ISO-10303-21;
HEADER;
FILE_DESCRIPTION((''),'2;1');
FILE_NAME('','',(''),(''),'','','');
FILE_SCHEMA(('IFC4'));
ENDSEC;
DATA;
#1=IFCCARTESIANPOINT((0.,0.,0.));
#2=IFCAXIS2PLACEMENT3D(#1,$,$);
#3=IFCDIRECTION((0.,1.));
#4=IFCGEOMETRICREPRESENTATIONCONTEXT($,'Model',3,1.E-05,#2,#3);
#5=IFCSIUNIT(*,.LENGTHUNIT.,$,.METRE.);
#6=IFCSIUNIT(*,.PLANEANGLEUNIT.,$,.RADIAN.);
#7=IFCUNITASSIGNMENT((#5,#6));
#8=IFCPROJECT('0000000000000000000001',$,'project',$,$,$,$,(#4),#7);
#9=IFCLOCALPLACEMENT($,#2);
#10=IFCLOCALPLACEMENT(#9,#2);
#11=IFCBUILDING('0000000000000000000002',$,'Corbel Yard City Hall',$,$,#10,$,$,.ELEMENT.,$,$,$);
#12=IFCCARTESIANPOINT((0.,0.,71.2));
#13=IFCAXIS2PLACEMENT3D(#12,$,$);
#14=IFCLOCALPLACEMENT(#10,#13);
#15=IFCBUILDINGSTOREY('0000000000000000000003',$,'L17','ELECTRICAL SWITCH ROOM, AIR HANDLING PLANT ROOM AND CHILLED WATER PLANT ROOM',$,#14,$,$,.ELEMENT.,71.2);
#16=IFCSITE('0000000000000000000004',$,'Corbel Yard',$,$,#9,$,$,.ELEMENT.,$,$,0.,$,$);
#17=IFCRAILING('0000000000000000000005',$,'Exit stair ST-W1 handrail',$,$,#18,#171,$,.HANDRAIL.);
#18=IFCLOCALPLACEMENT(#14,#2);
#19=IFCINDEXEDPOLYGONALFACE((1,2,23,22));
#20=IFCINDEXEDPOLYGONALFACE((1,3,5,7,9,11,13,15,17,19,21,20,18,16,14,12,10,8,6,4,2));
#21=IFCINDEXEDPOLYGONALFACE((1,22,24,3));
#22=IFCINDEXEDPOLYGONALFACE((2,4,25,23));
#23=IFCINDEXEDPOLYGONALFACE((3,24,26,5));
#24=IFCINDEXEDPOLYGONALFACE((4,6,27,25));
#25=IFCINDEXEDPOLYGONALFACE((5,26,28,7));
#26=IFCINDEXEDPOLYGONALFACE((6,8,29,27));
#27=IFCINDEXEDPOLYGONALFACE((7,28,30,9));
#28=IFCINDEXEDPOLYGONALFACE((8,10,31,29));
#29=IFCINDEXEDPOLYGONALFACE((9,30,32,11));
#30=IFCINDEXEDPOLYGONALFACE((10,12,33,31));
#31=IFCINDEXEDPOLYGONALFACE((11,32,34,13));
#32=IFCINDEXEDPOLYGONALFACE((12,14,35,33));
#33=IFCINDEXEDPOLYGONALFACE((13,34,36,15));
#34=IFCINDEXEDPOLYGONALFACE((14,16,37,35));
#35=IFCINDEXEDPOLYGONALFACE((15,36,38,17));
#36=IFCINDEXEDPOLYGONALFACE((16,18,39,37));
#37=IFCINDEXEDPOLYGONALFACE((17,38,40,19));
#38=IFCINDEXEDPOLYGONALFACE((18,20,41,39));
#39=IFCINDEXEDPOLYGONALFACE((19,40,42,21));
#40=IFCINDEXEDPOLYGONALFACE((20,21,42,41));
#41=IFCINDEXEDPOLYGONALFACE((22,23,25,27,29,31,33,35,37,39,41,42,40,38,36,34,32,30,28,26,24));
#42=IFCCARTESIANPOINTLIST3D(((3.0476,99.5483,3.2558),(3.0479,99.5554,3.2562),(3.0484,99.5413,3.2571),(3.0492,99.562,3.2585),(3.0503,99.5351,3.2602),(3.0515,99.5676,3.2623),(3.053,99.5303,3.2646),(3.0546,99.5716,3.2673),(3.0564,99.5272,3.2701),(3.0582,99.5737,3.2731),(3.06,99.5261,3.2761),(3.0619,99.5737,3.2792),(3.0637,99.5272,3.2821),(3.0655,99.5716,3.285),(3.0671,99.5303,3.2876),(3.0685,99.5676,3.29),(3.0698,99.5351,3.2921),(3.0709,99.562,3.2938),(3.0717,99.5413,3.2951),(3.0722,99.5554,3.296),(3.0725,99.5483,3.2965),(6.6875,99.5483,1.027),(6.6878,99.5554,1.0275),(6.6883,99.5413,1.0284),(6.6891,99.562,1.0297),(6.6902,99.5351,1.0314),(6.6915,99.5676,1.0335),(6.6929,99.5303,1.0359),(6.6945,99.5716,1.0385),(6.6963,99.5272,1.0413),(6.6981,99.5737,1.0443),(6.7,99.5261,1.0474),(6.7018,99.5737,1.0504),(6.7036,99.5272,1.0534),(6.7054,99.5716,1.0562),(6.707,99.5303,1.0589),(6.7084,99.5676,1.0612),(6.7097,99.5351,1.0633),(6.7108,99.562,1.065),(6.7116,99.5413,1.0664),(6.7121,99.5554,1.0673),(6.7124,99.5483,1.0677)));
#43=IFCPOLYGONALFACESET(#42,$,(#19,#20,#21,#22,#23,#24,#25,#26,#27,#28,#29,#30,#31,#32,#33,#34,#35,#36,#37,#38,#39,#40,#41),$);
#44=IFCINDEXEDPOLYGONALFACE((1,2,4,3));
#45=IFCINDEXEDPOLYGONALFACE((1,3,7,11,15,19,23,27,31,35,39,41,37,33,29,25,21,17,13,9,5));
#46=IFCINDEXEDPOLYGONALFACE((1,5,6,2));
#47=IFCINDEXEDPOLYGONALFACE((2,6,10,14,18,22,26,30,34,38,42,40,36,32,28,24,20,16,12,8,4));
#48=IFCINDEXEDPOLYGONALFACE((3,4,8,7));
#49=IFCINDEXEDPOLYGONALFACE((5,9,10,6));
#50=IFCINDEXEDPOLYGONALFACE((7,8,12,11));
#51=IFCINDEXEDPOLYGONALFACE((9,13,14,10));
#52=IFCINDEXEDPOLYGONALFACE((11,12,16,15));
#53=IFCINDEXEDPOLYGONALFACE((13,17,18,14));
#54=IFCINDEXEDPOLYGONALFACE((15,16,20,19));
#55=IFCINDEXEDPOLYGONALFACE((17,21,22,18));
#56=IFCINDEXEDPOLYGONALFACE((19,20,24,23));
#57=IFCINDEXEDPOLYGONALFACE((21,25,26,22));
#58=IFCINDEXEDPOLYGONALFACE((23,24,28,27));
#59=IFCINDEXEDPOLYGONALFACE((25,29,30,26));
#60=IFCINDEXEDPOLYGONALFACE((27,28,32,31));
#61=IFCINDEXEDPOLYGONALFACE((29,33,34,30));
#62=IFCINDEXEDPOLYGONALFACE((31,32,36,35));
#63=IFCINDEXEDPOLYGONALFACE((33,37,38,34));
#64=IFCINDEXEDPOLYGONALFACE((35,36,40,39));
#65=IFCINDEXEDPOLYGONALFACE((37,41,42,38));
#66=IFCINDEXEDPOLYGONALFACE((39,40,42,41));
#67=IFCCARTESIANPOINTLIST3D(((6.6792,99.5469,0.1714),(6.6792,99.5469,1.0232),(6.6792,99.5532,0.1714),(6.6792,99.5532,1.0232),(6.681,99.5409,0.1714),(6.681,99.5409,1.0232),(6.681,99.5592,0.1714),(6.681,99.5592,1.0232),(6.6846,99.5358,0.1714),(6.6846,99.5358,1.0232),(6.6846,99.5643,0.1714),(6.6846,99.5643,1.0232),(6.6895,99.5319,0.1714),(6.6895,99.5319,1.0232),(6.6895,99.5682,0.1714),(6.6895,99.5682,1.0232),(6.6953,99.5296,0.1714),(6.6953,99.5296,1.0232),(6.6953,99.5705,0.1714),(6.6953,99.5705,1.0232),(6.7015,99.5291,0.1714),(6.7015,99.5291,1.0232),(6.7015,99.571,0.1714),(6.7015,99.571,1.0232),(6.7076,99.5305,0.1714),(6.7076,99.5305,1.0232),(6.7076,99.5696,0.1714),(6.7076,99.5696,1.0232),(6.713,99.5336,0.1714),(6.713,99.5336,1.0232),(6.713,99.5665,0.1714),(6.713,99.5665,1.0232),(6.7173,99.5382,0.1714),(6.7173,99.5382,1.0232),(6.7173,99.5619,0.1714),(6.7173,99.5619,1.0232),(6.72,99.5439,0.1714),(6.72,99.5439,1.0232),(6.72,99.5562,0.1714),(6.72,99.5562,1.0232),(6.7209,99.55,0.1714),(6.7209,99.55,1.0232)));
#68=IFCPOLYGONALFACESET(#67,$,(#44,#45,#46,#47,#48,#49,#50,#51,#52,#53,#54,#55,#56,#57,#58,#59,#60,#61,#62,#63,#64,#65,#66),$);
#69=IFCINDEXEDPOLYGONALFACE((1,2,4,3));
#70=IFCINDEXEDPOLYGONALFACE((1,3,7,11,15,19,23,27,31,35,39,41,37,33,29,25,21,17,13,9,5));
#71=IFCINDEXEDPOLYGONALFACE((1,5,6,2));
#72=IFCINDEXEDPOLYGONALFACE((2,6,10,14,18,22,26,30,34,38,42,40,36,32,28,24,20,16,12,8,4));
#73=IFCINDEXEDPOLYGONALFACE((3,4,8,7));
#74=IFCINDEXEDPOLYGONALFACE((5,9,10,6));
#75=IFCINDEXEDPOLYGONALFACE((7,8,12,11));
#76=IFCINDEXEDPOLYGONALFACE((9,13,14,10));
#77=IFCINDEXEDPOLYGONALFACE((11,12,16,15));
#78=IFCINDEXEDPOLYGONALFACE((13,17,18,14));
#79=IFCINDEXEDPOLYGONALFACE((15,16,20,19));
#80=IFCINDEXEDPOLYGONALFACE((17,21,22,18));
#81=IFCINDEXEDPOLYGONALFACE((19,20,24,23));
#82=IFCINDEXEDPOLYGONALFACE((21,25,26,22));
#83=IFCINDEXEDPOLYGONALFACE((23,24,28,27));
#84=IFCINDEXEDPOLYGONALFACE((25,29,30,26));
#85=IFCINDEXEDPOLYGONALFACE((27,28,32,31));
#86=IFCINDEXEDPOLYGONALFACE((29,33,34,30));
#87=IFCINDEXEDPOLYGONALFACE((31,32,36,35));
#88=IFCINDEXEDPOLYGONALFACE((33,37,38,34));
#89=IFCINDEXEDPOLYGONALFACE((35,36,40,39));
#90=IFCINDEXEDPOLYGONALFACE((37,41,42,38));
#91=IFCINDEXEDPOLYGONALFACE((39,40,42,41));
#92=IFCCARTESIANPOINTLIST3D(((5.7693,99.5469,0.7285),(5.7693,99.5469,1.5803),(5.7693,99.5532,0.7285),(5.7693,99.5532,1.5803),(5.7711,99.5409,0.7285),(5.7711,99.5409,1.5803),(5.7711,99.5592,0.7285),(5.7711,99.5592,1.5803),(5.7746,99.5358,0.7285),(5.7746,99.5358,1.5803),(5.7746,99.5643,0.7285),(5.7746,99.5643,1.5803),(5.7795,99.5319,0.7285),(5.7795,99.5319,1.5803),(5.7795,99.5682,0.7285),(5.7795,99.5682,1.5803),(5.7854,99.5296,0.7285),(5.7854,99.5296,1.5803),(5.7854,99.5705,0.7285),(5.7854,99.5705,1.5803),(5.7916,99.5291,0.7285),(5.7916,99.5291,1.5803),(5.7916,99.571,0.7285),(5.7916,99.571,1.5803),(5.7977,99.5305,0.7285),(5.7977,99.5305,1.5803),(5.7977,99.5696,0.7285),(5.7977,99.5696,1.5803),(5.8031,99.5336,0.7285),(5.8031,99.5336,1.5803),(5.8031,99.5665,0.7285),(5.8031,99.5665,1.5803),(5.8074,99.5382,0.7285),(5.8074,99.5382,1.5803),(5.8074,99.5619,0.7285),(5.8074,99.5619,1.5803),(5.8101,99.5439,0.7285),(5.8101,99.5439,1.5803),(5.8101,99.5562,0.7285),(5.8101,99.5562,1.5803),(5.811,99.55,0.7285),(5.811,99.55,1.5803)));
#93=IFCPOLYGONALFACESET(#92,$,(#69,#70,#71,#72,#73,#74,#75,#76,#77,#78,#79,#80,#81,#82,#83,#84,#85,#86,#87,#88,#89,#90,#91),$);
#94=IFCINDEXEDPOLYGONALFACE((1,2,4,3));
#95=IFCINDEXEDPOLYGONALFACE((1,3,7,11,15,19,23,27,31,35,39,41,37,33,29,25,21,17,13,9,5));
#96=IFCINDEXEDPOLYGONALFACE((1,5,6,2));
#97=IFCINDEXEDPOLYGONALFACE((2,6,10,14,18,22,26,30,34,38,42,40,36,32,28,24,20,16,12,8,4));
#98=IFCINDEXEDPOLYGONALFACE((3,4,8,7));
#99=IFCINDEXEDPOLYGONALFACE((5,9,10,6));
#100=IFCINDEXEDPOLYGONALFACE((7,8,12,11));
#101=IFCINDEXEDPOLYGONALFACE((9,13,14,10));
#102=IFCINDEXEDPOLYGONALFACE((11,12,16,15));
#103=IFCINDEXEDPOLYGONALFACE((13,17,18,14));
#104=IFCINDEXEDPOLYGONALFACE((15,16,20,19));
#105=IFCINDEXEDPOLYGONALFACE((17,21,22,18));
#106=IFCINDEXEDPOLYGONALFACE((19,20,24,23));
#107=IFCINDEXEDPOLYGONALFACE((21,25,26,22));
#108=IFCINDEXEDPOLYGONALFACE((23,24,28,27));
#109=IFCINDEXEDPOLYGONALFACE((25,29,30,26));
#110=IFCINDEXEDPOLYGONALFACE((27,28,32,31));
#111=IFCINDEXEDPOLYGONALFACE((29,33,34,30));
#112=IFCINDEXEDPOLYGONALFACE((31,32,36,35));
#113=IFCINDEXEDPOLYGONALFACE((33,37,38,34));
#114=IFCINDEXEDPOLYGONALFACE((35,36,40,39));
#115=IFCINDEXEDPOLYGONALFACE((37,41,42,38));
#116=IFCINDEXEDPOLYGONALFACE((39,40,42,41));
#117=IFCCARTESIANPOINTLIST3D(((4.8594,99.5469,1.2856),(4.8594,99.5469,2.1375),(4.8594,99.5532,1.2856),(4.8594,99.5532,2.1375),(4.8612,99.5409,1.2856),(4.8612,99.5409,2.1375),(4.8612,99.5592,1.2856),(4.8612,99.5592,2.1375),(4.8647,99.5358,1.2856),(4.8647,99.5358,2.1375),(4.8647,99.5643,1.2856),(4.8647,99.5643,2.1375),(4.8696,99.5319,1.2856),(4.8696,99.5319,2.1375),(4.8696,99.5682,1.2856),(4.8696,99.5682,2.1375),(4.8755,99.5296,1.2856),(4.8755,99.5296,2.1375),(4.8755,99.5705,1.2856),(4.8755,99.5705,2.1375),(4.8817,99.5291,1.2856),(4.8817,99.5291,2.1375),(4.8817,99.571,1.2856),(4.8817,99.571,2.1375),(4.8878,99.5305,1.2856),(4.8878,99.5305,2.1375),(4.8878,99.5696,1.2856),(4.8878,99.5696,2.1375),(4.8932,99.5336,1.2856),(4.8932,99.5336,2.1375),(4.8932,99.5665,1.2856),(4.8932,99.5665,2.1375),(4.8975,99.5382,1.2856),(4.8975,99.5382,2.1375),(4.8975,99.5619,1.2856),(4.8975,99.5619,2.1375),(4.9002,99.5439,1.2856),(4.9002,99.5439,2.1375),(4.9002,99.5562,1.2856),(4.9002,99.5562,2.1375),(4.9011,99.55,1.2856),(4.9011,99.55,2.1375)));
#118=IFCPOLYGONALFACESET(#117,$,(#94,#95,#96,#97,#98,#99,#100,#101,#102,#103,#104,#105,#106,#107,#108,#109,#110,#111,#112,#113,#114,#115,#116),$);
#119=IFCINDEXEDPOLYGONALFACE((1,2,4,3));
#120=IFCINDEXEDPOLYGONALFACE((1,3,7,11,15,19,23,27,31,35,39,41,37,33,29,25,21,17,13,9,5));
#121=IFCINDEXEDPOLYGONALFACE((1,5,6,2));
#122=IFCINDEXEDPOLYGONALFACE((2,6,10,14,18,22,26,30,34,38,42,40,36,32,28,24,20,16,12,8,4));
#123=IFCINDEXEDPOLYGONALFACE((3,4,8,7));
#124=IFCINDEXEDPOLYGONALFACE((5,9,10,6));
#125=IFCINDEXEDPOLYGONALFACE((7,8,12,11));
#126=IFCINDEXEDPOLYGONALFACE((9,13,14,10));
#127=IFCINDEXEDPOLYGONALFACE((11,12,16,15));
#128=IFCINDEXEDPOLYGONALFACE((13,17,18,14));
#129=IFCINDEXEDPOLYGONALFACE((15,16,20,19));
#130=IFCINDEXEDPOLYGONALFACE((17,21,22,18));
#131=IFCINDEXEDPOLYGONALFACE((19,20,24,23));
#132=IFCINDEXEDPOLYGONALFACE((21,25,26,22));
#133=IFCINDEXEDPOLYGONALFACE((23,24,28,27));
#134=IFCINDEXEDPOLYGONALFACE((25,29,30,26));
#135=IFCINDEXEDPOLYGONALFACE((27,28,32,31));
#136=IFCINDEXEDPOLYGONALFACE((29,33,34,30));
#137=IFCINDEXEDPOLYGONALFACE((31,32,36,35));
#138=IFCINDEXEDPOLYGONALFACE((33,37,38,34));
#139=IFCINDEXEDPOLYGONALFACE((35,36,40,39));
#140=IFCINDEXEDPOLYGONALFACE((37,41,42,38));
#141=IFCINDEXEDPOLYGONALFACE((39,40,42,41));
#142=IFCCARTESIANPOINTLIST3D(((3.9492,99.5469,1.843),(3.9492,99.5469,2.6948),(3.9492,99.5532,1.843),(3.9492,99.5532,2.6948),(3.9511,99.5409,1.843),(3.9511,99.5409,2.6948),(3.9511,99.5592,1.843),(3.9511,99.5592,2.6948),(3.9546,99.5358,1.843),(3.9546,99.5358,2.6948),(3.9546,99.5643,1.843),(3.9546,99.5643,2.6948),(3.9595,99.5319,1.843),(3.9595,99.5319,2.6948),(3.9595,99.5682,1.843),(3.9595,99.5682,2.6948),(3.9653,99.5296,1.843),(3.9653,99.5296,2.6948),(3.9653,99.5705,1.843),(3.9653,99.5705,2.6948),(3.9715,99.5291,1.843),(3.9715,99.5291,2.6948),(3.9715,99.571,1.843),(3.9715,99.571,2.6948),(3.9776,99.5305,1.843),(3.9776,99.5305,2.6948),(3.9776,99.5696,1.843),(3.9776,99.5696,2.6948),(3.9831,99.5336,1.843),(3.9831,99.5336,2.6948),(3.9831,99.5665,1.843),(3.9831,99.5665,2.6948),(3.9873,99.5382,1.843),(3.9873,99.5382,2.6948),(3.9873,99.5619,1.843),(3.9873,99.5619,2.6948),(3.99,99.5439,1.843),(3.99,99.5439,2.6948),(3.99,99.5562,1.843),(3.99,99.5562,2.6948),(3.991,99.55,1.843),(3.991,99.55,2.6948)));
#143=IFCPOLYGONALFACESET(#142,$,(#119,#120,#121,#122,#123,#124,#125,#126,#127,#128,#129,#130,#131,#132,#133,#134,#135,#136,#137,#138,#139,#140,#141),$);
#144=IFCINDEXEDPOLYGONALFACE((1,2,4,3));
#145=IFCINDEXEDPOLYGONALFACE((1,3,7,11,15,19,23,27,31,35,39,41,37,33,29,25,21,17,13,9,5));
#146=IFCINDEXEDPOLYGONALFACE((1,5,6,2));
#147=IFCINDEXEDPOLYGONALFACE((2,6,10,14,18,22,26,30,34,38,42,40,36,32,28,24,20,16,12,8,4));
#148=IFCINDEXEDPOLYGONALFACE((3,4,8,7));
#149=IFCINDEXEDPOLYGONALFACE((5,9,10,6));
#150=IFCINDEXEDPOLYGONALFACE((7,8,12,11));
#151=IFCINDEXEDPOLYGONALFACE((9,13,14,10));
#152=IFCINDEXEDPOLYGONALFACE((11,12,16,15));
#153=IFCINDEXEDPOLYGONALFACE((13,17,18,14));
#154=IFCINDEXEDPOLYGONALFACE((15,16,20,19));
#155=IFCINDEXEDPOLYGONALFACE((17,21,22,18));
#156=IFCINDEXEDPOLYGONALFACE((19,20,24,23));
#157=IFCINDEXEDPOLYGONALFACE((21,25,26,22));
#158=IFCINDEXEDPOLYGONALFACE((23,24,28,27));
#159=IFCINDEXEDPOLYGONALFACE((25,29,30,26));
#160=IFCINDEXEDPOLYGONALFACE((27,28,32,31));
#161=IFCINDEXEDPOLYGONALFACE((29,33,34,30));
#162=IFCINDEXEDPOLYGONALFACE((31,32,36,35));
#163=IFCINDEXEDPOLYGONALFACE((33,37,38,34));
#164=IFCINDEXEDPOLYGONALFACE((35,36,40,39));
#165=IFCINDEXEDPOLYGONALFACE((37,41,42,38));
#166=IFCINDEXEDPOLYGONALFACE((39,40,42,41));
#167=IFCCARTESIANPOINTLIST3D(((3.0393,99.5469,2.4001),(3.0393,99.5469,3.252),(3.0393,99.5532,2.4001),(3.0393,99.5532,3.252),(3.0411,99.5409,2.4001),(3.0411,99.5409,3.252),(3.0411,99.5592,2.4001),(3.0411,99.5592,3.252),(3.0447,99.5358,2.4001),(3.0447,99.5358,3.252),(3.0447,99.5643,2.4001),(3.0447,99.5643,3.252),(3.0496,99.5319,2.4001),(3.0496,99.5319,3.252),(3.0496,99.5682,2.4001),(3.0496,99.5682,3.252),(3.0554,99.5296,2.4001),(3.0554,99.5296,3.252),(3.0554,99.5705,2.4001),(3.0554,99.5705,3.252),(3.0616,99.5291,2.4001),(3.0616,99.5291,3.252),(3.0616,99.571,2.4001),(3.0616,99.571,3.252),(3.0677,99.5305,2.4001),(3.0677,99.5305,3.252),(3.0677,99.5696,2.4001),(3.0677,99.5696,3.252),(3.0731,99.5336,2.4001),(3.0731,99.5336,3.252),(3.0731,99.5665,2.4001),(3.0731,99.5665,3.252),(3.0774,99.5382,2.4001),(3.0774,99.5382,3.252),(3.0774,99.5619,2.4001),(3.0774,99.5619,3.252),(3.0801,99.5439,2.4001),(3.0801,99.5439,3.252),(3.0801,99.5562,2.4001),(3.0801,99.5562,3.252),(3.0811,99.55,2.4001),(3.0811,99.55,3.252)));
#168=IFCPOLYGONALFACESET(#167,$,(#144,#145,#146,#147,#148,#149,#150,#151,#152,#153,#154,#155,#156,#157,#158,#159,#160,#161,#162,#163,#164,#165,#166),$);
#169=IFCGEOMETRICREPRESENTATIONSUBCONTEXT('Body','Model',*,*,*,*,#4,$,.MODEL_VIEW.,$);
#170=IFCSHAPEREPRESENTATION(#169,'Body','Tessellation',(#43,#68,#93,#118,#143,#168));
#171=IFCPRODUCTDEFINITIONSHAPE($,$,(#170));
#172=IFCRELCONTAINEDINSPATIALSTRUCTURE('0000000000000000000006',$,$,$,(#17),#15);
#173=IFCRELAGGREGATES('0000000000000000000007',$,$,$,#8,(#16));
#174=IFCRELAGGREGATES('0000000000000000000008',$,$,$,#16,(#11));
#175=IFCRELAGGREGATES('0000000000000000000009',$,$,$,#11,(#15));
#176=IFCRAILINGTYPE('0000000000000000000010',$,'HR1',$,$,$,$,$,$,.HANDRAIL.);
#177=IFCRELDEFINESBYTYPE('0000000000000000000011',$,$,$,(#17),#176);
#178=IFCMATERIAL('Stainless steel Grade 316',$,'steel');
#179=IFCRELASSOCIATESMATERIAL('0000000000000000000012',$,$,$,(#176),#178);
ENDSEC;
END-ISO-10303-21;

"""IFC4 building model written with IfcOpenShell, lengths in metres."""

from ifc_helpers import new_model, si_unit, direction, frame, origin, origin_2d, place, context, subcontext, project, spatial, circle, extrude, material, type_object, element, save


model = new_model("IFC4")

# Units and contexts
model_context = context("Model", 3, precision=1e-05, world=origin(), true_north=direction((0.0, 1.0)))
body_context = subcontext(model_context, "Body", "Model", "MODEL_VIEW")
ifc_project = project(units=[si_unit("LENGTHUNIT", "METRE"), si_unit("PLANEANGLEUNIT", "RADIAN")], contexts=[model_context])

# Site, building, storey
site_placement = place(None, origin())
site = spatial("IfcSite", under=ifc_project, at=site_placement, Name="Corbel Yard", CompositionType="ELEMENT", RefElevation=0.0)
building_placement = place(site_placement, origin())
building = spatial("IfcBuilding", under=site, at=building_placement, Name="Corbel Yard City Hall", CompositionType="ELEMENT")
storey_placement = place(building_placement, frame((0.0, 0.0, 71.2)))
storey = spatial("IfcBuildingStorey", under=building, at=storey_placement, Name="L17", Description="ELECTRICAL SWITCH ROOM, AIR HANDLING PLANT ROOM AND CHILLED WATER PLANT ROOM", CompositionType="ELEMENT", Elevation=71.2)

# Railing
ifc_material_1 = material(Name="Stainless steel Grade 316", Category="steel")
railing_type = type_object("IfcRailingType", Name="HR1", PredefinedType="HANDRAIL", material=ifc_material_1)
railing_placement = place(storey_placement, frame((6.7, 99.55, 0.1714)))
element("IfcRailing", 1, at=railing_placement, inside=storey, type_object=railing_type, Name="Exit stair ST-W1 handrail", PredefinedType="HANDRAIL", context=body_context, shape_type="SweptSolid", body=[
    extrude(circle(Radius=0.0239, at=origin_2d()), frame((0.0, 0.0, 0.876), z_axis=(-0.852825, 0.0, 0.522197), x_axis=(0.0, -1.0, 0.0)), (0.0, 0.0, 1.0), 4.2681),
    extrude(circle(Radius=0.021, at=origin_2d()), origin(), (0.0, 0.0, 1.0), 0.8518),
    extrude(circle(Radius=0.021, at=origin_2d()), frame((-0.9099, 0.0, 0.5571)), (0.0, 0.0, 1.0), 0.8518),
    extrude(circle(Radius=0.021, at=origin_2d()), frame((-1.8198, 0.0, 1.1143)), (0.0, 0.0, 1.0), 0.8518),
    extrude(circle(Radius=0.021, at=origin_2d()), frame((-2.73, 0.0, 1.6716)), (0.0, 0.0, 1.0), 0.8518),
    extrude(circle(Radius=0.021, at=origin_2d()), frame((-3.6399, 0.0, 2.2288)), (0.0, 0.0, 1.0), 0.8518),
])

save(model, "model.ifc")
